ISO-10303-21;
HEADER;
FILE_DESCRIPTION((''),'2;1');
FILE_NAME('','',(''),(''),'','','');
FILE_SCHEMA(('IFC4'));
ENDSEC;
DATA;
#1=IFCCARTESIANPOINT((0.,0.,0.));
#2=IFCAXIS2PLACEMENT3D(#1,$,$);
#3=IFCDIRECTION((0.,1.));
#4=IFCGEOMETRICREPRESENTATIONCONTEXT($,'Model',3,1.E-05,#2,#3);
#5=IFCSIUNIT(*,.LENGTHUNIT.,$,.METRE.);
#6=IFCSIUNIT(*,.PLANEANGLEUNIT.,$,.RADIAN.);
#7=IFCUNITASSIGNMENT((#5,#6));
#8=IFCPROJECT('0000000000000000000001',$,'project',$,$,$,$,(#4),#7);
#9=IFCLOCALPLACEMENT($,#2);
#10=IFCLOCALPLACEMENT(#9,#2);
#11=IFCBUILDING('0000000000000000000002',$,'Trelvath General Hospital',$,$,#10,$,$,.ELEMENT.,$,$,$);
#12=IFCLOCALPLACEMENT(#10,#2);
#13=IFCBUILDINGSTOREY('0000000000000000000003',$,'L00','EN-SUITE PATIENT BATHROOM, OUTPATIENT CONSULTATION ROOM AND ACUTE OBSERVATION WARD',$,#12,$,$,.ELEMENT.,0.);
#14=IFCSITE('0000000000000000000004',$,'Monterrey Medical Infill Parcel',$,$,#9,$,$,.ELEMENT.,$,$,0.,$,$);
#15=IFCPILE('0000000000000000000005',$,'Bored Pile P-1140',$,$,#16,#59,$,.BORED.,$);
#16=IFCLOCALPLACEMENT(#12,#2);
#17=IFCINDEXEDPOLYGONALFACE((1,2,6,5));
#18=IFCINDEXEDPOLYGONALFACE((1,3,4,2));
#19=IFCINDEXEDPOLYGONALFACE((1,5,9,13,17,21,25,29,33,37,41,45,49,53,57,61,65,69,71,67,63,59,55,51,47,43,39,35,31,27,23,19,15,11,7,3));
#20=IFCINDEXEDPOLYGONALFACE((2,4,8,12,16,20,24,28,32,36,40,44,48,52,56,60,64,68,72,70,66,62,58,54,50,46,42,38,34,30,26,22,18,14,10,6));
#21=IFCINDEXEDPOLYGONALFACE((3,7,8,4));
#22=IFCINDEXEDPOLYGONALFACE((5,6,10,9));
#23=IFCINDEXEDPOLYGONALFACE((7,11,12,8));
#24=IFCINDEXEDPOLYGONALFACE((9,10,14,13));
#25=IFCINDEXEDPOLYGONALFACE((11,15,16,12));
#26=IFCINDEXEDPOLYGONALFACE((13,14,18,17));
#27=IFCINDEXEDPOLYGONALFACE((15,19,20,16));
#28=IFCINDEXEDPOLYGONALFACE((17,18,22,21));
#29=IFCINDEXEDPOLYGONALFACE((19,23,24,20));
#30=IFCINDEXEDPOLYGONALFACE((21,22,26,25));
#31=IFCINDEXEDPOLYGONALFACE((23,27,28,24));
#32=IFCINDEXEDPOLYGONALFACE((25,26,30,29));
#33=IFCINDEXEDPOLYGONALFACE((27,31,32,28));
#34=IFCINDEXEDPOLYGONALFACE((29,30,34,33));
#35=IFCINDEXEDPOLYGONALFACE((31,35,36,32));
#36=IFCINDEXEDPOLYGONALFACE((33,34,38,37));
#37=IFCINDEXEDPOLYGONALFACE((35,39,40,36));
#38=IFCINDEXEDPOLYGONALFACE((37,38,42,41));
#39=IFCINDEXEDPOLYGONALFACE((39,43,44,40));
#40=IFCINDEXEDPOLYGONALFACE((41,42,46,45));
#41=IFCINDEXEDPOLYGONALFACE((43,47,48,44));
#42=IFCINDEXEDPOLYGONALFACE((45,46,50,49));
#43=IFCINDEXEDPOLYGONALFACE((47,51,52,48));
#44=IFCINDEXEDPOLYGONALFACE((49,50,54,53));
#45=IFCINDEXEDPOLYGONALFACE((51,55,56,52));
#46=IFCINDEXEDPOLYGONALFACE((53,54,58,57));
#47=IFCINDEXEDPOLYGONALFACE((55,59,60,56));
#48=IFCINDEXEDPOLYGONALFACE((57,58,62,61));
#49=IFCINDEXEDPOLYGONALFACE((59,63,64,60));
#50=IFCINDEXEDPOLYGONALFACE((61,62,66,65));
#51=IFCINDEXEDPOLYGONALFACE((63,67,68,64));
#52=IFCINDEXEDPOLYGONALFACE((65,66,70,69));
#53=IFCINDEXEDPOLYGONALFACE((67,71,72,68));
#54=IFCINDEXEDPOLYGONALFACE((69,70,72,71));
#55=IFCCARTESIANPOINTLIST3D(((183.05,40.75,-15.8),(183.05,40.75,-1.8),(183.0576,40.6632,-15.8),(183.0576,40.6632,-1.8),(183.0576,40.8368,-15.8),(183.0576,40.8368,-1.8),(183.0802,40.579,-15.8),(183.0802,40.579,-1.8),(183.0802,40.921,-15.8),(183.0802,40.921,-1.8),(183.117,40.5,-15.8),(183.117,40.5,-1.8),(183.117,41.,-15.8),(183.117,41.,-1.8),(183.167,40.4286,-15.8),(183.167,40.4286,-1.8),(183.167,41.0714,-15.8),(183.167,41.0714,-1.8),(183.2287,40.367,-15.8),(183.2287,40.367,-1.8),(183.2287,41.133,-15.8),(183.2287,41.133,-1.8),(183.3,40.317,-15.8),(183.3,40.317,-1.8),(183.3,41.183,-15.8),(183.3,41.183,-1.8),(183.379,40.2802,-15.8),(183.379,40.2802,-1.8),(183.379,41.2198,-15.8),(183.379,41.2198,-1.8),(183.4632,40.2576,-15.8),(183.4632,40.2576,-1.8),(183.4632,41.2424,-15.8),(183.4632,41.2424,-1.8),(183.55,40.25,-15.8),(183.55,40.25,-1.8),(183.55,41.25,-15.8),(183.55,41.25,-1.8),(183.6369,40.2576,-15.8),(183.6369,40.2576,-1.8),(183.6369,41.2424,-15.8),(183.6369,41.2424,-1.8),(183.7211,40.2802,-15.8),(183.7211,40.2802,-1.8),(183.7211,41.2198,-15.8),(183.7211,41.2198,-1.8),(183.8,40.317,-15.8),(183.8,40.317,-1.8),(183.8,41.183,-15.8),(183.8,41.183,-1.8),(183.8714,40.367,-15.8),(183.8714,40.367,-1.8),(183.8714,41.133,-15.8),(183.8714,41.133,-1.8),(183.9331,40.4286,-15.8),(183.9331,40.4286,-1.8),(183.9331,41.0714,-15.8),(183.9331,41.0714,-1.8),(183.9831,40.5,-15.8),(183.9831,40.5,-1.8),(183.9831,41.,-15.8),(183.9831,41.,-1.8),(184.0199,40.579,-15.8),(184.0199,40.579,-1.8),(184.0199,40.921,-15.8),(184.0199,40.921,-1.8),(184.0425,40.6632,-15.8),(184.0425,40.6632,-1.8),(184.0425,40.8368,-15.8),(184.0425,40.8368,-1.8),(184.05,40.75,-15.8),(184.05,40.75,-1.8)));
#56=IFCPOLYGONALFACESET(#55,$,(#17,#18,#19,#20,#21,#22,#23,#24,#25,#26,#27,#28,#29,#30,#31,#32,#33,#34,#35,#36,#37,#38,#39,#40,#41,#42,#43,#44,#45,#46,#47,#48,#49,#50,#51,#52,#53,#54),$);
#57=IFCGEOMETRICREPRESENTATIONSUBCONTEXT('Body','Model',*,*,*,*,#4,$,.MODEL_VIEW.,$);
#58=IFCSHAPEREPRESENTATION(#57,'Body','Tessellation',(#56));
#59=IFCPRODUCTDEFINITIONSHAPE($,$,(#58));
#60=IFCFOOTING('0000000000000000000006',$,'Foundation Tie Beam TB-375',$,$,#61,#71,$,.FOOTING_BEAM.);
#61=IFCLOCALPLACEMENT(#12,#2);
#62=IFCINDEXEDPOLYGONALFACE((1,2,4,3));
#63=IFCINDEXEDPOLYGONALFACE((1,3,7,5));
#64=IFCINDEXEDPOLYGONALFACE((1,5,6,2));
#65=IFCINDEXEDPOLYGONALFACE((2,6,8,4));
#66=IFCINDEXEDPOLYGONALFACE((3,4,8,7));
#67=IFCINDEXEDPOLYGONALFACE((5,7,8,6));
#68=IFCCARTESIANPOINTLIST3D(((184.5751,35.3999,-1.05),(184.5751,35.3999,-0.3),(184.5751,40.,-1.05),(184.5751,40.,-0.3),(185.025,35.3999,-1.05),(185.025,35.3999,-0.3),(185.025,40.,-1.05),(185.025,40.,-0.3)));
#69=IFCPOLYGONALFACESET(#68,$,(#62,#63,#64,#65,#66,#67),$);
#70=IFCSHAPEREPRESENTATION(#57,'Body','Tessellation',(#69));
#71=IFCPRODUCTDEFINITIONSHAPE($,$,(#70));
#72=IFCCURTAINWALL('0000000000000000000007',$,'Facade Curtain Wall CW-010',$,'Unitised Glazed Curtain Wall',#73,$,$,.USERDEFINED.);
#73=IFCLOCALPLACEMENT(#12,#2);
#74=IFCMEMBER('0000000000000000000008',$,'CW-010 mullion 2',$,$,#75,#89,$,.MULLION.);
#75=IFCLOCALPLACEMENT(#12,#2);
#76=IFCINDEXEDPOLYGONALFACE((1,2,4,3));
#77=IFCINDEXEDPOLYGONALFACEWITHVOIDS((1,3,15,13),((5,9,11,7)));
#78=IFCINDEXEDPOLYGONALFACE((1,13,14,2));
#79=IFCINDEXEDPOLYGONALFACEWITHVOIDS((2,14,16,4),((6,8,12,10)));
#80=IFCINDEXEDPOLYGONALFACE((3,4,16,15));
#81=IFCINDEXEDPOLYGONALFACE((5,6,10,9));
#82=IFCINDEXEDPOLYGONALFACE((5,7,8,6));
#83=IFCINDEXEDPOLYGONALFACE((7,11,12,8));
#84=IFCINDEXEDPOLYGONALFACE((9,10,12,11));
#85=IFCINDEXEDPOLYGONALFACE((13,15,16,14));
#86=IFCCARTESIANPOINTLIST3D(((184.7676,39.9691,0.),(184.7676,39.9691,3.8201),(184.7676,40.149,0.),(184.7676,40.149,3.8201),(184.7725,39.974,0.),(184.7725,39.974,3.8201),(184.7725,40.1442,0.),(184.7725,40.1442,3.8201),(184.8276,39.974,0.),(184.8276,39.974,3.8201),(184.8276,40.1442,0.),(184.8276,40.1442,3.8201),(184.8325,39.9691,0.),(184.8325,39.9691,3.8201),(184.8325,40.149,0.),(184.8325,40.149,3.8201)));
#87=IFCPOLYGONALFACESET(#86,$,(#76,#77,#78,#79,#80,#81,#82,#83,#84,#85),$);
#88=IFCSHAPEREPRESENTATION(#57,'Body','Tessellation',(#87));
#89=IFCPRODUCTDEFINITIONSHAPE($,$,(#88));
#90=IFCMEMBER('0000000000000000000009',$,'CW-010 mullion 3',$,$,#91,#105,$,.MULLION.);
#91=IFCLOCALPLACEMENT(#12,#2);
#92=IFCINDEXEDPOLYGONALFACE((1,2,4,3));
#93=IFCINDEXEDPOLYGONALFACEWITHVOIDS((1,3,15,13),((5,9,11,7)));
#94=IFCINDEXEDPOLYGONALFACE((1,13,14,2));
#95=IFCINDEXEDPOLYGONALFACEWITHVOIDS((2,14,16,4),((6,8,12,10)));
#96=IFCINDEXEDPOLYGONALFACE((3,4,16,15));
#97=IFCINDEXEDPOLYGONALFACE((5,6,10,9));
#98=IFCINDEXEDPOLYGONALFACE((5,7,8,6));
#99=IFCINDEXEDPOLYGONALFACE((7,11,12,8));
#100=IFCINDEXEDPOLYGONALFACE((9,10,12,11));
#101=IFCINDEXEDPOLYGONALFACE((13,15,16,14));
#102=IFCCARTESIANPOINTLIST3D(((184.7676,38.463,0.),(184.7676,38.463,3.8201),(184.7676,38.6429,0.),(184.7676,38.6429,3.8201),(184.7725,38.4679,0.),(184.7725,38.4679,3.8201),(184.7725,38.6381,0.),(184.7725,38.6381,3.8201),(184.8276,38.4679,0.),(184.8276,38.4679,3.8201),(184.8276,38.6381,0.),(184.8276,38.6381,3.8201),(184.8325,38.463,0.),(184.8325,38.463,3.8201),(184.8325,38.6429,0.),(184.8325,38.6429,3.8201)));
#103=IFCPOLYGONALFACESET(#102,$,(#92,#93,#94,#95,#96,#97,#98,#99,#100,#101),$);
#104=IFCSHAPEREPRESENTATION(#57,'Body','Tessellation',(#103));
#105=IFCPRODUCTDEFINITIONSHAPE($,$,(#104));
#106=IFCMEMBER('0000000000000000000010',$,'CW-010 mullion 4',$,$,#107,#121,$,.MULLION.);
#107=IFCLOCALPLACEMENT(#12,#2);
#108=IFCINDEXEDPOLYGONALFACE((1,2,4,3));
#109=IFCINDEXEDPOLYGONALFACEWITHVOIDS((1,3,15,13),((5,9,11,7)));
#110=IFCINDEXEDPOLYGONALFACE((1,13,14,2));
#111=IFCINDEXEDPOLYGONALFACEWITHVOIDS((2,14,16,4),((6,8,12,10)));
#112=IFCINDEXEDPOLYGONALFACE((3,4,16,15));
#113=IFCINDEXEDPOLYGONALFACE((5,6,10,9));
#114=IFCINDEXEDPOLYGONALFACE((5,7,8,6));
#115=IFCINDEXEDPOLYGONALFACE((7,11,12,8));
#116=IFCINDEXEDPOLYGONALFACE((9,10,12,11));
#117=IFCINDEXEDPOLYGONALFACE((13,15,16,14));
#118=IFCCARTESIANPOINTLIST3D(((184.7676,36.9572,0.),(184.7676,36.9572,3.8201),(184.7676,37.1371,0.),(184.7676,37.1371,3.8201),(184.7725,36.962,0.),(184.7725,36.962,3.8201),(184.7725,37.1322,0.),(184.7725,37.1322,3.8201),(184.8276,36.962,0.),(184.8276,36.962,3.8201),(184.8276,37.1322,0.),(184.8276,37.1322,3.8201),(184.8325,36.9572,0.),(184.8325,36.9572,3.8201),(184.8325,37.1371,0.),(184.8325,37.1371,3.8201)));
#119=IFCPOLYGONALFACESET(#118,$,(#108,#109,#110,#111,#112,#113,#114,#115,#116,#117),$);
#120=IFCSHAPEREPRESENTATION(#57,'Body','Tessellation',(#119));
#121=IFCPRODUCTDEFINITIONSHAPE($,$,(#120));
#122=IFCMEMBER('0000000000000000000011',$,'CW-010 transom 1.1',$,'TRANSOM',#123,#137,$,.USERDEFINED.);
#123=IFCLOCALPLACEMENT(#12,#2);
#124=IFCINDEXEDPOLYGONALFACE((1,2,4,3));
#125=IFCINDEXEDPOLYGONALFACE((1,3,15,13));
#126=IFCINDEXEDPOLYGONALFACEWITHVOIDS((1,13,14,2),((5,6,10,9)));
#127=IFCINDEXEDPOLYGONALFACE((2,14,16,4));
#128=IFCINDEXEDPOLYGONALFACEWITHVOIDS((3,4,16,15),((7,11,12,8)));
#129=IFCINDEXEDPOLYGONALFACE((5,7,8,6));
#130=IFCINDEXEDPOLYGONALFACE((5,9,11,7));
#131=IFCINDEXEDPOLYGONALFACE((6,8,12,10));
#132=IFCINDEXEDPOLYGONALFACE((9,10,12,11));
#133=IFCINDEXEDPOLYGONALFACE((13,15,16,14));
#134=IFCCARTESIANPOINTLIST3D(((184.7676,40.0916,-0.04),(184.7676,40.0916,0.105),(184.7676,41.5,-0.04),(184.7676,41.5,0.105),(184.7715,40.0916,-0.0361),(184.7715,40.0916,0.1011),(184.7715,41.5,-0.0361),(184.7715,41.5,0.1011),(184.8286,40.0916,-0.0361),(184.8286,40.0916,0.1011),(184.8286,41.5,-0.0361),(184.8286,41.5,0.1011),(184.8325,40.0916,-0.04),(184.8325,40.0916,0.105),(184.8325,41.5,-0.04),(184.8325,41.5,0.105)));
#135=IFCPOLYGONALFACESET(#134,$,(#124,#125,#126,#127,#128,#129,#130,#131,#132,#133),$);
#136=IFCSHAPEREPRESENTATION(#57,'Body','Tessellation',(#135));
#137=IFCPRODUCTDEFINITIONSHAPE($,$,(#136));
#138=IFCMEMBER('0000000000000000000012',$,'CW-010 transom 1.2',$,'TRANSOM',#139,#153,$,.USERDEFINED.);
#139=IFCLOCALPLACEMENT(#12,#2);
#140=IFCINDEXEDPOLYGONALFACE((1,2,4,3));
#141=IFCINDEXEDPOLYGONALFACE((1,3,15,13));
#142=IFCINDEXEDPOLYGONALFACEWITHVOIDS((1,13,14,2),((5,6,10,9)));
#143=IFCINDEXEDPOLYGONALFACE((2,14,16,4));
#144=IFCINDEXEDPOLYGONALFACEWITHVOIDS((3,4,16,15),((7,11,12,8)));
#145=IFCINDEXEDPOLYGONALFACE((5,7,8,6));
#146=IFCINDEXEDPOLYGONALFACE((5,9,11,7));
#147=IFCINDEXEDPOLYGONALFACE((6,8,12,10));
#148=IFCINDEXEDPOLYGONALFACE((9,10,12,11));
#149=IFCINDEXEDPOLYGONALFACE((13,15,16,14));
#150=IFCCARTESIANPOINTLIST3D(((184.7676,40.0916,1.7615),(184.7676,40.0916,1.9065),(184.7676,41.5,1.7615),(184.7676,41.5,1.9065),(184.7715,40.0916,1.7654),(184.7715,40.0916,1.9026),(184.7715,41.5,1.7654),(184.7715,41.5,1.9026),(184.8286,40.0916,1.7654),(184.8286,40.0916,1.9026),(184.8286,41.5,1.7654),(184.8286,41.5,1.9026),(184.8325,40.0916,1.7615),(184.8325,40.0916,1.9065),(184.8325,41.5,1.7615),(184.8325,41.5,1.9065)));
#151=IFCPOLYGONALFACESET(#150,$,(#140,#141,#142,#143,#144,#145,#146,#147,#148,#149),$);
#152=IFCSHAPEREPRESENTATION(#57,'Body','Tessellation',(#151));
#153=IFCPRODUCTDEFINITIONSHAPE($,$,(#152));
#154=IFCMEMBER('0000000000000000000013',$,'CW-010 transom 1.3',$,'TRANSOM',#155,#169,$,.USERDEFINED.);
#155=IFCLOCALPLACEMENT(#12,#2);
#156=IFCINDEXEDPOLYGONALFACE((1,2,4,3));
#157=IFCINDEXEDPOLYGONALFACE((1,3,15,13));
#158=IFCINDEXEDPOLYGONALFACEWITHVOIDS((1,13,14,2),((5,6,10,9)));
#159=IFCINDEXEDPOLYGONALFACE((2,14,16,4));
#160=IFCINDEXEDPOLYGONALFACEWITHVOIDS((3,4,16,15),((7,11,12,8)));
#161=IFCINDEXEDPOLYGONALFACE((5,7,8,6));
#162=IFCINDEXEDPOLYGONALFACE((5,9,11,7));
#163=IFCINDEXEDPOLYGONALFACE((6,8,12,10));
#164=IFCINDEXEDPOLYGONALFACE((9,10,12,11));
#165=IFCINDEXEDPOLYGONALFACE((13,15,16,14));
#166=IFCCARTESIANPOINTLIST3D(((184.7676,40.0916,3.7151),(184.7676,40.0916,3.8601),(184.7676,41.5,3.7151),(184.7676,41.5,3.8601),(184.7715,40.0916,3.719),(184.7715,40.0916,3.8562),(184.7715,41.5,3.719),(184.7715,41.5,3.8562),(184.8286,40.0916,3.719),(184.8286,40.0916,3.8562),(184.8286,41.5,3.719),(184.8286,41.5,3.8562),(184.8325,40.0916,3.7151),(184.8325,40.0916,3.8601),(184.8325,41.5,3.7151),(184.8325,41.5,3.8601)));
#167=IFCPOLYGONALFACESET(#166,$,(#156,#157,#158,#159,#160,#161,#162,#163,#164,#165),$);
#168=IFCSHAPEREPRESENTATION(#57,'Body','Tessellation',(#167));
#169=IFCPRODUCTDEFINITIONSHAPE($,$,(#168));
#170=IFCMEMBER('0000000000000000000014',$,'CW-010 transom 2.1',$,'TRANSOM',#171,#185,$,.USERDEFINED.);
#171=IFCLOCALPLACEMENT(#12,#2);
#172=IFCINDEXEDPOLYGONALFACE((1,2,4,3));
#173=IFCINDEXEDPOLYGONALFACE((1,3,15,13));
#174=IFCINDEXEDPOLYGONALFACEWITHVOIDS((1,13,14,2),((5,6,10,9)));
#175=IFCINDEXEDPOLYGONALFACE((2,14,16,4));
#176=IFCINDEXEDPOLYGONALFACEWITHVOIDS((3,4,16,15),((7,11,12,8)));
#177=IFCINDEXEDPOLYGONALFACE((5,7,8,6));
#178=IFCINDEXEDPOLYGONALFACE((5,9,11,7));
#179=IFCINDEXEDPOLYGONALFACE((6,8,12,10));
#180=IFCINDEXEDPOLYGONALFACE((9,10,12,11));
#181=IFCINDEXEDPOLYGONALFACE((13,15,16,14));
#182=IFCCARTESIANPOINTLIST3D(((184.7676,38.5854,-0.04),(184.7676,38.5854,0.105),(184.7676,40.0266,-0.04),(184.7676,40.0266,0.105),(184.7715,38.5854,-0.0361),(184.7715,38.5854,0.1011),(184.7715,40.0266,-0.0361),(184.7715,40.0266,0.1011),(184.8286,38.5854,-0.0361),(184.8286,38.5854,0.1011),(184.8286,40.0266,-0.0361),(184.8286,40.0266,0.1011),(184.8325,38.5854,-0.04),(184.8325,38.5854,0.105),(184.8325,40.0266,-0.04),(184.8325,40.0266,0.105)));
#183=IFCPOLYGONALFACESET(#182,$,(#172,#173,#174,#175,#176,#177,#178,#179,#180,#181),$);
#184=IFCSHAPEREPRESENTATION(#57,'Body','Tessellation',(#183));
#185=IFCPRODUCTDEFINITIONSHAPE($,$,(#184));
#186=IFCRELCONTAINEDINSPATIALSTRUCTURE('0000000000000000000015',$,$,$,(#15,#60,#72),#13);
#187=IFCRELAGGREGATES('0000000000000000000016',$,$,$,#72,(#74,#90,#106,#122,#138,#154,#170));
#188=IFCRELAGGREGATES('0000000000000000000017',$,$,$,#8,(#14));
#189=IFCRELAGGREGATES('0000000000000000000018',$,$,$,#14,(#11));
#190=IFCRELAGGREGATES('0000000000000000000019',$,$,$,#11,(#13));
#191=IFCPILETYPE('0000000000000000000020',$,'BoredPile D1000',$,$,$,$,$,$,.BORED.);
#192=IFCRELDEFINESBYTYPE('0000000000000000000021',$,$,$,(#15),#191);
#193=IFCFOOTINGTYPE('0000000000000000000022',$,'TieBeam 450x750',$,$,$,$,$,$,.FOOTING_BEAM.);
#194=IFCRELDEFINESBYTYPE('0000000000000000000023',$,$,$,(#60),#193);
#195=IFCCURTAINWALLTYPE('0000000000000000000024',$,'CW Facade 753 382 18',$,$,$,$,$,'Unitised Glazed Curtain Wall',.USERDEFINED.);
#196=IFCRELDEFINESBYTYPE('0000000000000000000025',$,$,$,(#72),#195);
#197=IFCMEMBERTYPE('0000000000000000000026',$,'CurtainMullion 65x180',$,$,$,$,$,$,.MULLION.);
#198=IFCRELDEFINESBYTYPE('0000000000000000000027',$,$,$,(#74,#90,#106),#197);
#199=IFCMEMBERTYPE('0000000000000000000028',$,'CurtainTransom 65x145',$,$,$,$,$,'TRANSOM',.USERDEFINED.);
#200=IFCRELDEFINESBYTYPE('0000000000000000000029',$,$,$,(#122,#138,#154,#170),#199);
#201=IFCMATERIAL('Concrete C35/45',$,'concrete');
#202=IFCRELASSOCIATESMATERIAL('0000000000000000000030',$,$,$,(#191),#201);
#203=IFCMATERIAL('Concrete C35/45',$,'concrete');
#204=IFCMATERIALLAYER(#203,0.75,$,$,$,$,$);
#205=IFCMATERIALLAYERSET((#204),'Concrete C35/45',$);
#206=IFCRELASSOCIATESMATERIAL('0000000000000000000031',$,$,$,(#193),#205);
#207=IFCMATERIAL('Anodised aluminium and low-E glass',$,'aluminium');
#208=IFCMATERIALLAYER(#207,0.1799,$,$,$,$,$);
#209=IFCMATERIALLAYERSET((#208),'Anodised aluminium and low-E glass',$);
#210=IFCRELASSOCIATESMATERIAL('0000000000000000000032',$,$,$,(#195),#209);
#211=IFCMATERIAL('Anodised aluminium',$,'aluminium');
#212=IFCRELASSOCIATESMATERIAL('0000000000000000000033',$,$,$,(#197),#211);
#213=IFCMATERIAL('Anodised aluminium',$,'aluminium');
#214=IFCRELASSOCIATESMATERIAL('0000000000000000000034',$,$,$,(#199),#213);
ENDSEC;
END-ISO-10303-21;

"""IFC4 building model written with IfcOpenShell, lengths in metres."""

from ifc_helpers import new_model, si_unit, direction, frame, origin, origin_2d, place, context, subcontext, project, spatial, rectangle, hollow_rectangle, circle, extrude, material, layer, layer_set, material_profile, profile_set, type_object, element, aggregate, save


model = new_model("IFC4")

# Units and contexts
model_context = context("Model", 3, precision=1e-05, world=origin(), true_north=direction((0.0, 1.0)))
body_context = subcontext(model_context, "Body", "Model", "MODEL_VIEW")
ifc_project = project(units=[si_unit("LENGTHUNIT", "METRE"), si_unit("PLANEANGLEUNIT", "RADIAN")], contexts=[model_context])

# Site, building, storey
site_placement = place(None, origin())
site = spatial("IfcSite", under=ifc_project, at=site_placement, Name="Monterrey Medical Infill Parcel", CompositionType="ELEMENT", RefElevation=0.0)
building_placement = place(site_placement, origin())
building = spatial("IfcBuilding", under=site, at=building_placement, Name="Trelvath General Hospital", CompositionType="ELEMENT")
storey_placement = place(building_placement, origin())
storey = spatial("IfcBuildingStorey", under=building, at=storey_placement, Name="L00", Description="EN-SUITE PATIENT BATHROOM, OUTPATIENT CONSULTATION ROOM AND ACUTE OBSERVATION WARD", CompositionType="ELEMENT", Elevation=0.0)

# Pile
ifc_material_1 = material(Name="Concrete C35/45", Category="concrete")
ifc_material_profile_1 = material_profile(ifc_material_1, circle(Radius=0.5, at=origin_2d()), Name="PILE1000")
ifc_profile_set_1 = profile_set([ifc_material_profile_1], Name="Concrete C35/45")
pile_type = type_object("IfcPileType", Name="BoredPile D1000", PredefinedType="BORED", material=ifc_profile_set_1)
pile_placement = place(storey_placement, frame((183.55, 40.75, -1.8), z_axis=(0.0, 0.0, -1.0), x_axis=(1.0, 0.0, 0.0)))
element("IfcPile", 1, at=pile_placement, inside=storey, type_object=pile_type, Name="Bored Pile P-1140", PredefinedType="BORED", context=body_context, shape_type="SweptSolid", body=[
    extrude(circle(Radius=0.5, at=origin_2d()), origin(), (0.0, 0.0, 1.0), 14.0),
])

# Footing
ifc_material_2 = material(Name="Concrete C35/45", Category="concrete")
ifc_layer_1 = layer(ifc_material_2, 0.75)
ifc_layer_set_1 = layer_set([ifc_layer_1], Name="Concrete C35/45")
footing_type = type_object("IfcFootingType", Name="TieBeam 450x750", PredefinedType="FOOTING_BEAM", material=ifc_layer_set_1)
footing_placement = place(storey_placement, frame((184.8, 37.7, -1.05), z_axis=(0.0, 0.0, 1.0), x_axis=(1.0, 0.0, 0.0)))
element("IfcFooting", 2, at=footing_placement, inside=storey, type_object=footing_type, Name="Foundation Tie Beam TB-375", PredefinedType="FOOTING_BEAM", context=body_context, shape_type="SweptSolid", body=[
    extrude(rectangle(XDim=0.45, YDim=4.6001, at=origin_2d()), origin(), (0.0, 0.0, 1.0), 0.75),
])

# Curtain wall, members
ifc_material_3 = material(Name="Anodised aluminium and low-E glass", Category="aluminium")
ifc_layer_2 = layer(ifc_material_3, 0.1799)
ifc_layer_set_2 = layer_set([ifc_layer_2], Name="Anodised aluminium and low-E glass")
curtain_wall_type = type_object("IfcCurtainWallType", Name="CW Facade 753 382 18", ElementType="Unitised Glazed Curtain Wall", PredefinedType="USERDEFINED", material=ifc_layer_set_2)
curtain_wall_placement = place(storey_placement, origin())
curtain_wall = element("IfcCurtainWall", 3, at=curtain_wall_placement, inside=storey, type_object=curtain_wall_type, Name="Facade Curtain Wall CW-010", ObjectType="Unitised Glazed Curtain Wall", PredefinedType="USERDEFINED")
ifc_material_4 = material(Name="Anodised aluminium", Category="aluminium")
ifc_material_profile_2 = material_profile(ifc_material_4, hollow_rectangle(XDim=0.0649, YDim=0.1799, WallThickness=0.0049, at=origin_2d()), Name="RHS65x180x5")
ifc_profile_set_2 = profile_set([ifc_material_profile_2], Name="Anodised aluminium")
member_type_1 = type_object("IfcMemberType", Name="CurtainMullion 65x180", PredefinedType="MULLION", material=ifc_profile_set_2)
member_1_placement = place(storey_placement, frame((184.8, 40.0591, 0.0), z_axis=(0.0, 0.0, 1.0), x_axis=(1.0, 0.0, 0.0)))
member_1 = element("IfcMember", 4, at=member_1_placement, type_object=member_type_1, Name="CW-010 mullion 2", PredefinedType="MULLION", context=body_context, shape_type="SweptSolid", body=[
    extrude(hollow_rectangle(XDim=0.0649, YDim=0.1799, WallThickness=0.0049, at=origin_2d()), origin(), (0.0, 0.0, 1.0), 3.8201),
])
member_2_placement = place(storey_placement, frame((184.8, 38.553, 0.0), z_axis=(0.0, 0.0, 1.0), x_axis=(1.0, 0.0, 0.0)))
member_2 = element("IfcMember", 5, at=member_2_placement, type_object=member_type_1, Name="CW-010 mullion 3", PredefinedType="MULLION", context=body_context, shape_type="SweptSolid", body=[
    extrude(hollow_rectangle(XDim=0.0649, YDim=0.1799, WallThickness=0.0049, at=origin_2d()), origin(), (0.0, 0.0, 1.0), 3.8201),
])
member_3_placement = place(storey_placement, frame((184.8, 37.0471, 0.0), z_axis=(0.0, 0.0, 1.0), x_axis=(1.0, 0.0, 0.0)))
member_3 = element("IfcMember", 6, at=member_3_placement, type_object=member_type_1, Name="CW-010 mullion 4", PredefinedType="MULLION", context=body_context, shape_type="SweptSolid", body=[
    extrude(hollow_rectangle(XDim=0.0649, YDim=0.1799, WallThickness=0.0049, at=origin_2d()), origin(), (0.0, 0.0, 1.0), 3.8201),
])
ifc_material_5 = material(Name="Anodised aluminium", Category="aluminium")
ifc_material_profile_3 = material_profile(ifc_material_5, hollow_rectangle(XDim=0.0649, YDim=0.145, WallThickness=0.0039, at=origin_2d()), Name="RHS65x145x4")
ifc_profile_set_3 = profile_set([ifc_material_profile_3], Name="Anodised aluminium")
member_type_2 = type_object("IfcMemberType", Name="CurtainTransom 65x145", ElementType="TRANSOM", PredefinedType="USERDEFINED", material=ifc_profile_set_3)
member_4_placement = place(storey_placement, frame((184.8, 41.5, 0.0325), z_axis=(0.0, -1.0, 0.0), x_axis=(1.0, 0.0, 0.0)))
member_4 = element("IfcMember", 7, at=member_4_placement, type_object=member_type_2, Name="CW-010 transom 1.1", ObjectType="TRANSOM", PredefinedType="USERDEFINED", context=body_context, shape_type="SweptSolid", body=[
    extrude(hollow_rectangle(XDim=0.0649, YDim=0.145, WallThickness=0.0039, at=origin_2d()), origin(), (0.0, 0.0, 1.0), 1.4084),
])
member_5_placement = place(storey_placement, frame((184.8, 41.5, 1.834), z_axis=(0.0, -1.0, 0.0), x_axis=(1.0, 0.0, 0.0)))
member_5 = element("IfcMember", 8, at=member_5_placement, type_object=member_type_2, Name="CW-010 transom 1.2", ObjectType="TRANSOM", PredefinedType="USERDEFINED", context=body_context, shape_type="SweptSolid", body=[
    extrude(hollow_rectangle(XDim=0.0649, YDim=0.145, WallThickness=0.0039, at=origin_2d()), origin(), (0.0, 0.0, 1.0), 1.4084),
])
member_6_placement = place(storey_placement, frame((184.8, 41.5, 3.7876), z_axis=(0.0, -1.0, 0.0), x_axis=(1.0, 0.0, 0.0)))
member_6 = element("IfcMember", 9, at=member_6_placement, type_object=member_type_2, Name="CW-010 transom 1.3", ObjectType="TRANSOM", PredefinedType="USERDEFINED", context=body_context, shape_type="SweptSolid", body=[
    extrude(hollow_rectangle(XDim=0.0649, YDim=0.145, WallThickness=0.0039, at=origin_2d()), origin(), (0.0, 0.0, 1.0), 1.4084),
])
member_7_placement = place(storey_placement, frame((184.8, 40.0266, 0.0325), z_axis=(0.0, -1.0, 0.0), x_axis=(1.0, 0.0, 0.0)))
member_7 = element("IfcMember", 10, at=member_7_placement, type_object=member_type_2, Name="CW-010 transom 2.1", ObjectType="TRANSOM", PredefinedType="USERDEFINED", context=body_context, shape_type="SweptSolid", body=[
    extrude(hollow_rectangle(XDim=0.0649, YDim=0.145, WallThickness=0.0039, at=origin_2d()), origin(), (0.0, 0.0, 1.0), 1.4412),
])
aggregate(curtain_wall, [member_1, member_2, member_3, member_4, member_5, member_6, member_7])

save(model, "model.ifc")
